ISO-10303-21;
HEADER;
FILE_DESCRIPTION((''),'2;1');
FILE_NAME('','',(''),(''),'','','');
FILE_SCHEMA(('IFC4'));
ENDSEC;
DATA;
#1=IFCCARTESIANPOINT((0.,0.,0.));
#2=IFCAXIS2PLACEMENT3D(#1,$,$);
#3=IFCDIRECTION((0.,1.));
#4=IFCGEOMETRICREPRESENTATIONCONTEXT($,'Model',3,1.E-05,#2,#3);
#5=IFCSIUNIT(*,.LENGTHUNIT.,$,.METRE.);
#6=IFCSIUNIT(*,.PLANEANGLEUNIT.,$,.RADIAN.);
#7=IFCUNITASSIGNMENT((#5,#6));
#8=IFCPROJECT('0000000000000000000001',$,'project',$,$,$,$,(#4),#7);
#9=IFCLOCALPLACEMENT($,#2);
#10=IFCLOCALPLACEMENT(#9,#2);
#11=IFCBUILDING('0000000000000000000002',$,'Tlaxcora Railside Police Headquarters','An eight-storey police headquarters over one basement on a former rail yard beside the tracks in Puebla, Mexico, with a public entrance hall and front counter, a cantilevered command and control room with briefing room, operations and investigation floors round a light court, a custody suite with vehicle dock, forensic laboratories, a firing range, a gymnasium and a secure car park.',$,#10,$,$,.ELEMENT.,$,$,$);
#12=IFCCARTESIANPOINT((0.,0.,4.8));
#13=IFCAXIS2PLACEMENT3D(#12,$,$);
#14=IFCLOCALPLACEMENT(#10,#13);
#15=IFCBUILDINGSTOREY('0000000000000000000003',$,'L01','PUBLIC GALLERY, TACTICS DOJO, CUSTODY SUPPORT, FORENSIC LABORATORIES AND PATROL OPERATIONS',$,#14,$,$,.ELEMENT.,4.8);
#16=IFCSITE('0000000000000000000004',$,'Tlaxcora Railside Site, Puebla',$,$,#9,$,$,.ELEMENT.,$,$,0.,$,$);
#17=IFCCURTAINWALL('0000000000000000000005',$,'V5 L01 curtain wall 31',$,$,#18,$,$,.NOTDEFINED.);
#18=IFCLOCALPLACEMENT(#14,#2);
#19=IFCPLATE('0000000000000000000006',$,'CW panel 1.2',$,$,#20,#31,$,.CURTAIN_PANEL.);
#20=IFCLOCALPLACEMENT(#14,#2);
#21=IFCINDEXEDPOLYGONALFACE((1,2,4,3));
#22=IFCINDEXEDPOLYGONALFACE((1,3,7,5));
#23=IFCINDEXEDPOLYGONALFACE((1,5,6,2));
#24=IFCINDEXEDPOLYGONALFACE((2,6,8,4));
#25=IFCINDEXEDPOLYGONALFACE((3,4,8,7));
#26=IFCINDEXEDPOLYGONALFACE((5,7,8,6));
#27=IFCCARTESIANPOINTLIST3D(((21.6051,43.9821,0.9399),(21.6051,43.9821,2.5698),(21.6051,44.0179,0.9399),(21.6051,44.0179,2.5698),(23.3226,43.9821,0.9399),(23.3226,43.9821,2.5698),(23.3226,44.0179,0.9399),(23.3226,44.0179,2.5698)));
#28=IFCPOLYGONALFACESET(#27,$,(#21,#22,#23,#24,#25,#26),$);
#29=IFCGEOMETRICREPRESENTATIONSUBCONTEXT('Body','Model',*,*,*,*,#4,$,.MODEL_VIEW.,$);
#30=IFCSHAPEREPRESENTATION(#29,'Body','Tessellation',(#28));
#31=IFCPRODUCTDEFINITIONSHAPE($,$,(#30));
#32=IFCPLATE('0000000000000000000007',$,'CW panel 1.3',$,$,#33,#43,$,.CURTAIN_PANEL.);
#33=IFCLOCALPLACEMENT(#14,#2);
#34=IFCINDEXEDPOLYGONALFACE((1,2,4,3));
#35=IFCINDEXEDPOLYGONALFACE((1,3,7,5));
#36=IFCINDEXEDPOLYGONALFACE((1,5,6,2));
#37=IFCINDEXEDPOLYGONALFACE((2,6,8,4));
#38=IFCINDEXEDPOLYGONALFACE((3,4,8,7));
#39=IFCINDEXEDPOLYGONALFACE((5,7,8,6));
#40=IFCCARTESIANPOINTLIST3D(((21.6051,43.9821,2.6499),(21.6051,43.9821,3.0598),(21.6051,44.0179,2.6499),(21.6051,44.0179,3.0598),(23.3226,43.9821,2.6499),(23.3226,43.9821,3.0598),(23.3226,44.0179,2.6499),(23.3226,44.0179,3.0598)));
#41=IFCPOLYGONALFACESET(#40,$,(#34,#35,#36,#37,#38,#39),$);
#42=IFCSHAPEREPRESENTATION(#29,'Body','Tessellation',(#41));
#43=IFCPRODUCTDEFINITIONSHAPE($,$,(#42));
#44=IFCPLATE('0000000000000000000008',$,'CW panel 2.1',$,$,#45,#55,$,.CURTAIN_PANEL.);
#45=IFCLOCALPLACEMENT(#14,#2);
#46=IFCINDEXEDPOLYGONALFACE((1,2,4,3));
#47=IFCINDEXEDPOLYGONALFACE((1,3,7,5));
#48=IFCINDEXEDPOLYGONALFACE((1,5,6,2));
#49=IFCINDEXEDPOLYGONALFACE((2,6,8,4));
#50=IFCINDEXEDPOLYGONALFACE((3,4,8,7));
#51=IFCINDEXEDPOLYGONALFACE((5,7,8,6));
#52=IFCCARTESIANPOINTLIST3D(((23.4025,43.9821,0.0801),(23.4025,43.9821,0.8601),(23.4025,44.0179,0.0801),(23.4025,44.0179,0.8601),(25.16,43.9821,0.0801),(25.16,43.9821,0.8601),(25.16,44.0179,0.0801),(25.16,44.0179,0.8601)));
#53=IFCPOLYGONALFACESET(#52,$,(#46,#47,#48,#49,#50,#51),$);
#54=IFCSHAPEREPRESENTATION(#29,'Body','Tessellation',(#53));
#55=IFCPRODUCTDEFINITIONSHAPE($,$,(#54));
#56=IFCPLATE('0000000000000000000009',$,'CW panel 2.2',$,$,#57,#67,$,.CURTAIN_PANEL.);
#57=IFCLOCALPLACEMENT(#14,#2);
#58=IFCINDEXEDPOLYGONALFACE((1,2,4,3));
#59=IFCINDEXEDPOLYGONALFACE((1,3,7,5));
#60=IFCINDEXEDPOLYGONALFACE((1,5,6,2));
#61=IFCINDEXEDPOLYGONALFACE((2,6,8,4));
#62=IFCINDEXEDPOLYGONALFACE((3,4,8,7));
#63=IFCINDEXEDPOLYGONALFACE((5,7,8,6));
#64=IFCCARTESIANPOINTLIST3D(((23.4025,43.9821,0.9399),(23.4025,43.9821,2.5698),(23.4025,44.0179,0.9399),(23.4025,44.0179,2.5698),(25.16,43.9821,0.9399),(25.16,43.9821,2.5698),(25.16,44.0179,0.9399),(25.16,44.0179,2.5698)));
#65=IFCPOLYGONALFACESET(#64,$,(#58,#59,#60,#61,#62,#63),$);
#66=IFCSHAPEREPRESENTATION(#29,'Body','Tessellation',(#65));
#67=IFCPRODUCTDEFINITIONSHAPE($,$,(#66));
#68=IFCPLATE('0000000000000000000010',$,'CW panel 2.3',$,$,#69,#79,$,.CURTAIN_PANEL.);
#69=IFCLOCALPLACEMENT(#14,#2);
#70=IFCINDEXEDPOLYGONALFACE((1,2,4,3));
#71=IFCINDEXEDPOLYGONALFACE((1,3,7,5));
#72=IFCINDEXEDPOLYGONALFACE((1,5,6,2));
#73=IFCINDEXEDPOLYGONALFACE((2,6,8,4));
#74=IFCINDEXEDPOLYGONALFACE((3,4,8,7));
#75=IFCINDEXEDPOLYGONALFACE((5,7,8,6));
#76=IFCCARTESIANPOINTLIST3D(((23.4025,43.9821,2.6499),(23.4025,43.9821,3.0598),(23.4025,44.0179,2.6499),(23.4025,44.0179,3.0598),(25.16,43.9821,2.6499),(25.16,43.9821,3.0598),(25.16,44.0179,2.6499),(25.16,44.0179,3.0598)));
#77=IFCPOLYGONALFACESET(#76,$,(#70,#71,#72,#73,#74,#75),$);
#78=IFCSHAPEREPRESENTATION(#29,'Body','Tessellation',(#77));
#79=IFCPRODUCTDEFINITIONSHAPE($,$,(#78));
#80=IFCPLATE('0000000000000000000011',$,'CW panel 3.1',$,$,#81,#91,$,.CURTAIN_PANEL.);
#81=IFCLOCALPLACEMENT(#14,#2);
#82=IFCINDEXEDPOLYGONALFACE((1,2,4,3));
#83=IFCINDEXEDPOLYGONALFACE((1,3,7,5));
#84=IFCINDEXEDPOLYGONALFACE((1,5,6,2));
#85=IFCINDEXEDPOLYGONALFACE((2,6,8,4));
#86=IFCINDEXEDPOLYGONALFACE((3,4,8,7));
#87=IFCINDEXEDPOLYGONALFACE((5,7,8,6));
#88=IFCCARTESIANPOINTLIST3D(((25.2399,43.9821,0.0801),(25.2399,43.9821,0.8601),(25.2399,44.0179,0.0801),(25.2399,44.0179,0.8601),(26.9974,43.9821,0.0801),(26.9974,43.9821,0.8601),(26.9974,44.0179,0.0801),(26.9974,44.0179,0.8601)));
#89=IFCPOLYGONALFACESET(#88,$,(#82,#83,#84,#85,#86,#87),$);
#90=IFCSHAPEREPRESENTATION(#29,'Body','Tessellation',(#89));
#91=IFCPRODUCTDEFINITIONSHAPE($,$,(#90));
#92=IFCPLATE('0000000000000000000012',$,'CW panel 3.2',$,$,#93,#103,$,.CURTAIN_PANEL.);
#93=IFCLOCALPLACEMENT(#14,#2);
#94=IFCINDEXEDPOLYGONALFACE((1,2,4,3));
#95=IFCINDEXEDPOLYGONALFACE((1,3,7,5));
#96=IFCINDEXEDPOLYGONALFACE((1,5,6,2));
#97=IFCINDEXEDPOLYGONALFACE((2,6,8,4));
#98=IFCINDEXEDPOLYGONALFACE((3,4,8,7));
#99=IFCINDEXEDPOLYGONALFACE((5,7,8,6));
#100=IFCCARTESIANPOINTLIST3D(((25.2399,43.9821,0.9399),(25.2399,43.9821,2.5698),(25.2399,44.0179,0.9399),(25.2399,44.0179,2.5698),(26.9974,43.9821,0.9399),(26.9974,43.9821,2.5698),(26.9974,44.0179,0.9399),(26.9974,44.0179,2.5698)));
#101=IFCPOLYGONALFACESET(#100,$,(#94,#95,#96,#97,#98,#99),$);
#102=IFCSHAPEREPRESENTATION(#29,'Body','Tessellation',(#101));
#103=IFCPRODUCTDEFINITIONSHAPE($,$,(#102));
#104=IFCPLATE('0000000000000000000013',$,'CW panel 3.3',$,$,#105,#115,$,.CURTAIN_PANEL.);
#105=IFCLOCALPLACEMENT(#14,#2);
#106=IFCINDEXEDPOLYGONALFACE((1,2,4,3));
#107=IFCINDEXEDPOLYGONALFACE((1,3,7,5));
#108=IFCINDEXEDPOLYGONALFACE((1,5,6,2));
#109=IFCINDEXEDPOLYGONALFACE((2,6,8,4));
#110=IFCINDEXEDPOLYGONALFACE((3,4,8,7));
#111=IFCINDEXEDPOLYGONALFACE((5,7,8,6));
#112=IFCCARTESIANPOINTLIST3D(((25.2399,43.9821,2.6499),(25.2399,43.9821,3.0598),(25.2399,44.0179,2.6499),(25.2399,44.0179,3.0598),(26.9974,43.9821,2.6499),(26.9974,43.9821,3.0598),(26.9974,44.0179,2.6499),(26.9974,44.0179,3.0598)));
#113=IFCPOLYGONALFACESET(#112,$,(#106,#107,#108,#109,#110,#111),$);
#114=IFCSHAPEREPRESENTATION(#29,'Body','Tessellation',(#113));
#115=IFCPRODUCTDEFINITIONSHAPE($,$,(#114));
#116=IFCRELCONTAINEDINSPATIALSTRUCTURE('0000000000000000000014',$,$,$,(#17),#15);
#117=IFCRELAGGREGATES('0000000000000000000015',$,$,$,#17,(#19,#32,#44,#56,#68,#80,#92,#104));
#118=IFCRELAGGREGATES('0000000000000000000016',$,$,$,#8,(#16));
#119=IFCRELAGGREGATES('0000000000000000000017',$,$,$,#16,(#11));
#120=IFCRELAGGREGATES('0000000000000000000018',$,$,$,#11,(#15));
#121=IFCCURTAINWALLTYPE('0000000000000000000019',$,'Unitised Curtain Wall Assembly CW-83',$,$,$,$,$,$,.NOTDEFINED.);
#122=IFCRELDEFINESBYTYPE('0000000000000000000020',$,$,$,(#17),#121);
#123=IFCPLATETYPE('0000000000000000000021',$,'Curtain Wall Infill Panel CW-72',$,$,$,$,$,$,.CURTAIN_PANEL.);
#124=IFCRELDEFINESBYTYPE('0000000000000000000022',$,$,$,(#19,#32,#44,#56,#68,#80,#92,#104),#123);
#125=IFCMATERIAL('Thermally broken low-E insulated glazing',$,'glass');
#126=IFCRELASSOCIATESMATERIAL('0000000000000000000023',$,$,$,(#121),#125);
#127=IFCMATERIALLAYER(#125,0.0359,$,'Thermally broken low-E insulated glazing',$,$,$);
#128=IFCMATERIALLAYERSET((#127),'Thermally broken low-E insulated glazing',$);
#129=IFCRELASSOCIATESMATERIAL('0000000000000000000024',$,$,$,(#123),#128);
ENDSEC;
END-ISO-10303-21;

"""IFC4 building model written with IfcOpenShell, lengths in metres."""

from ifc_helpers import new_model, si_unit, direction, frame, origin, origin_2d, place, context, subcontext, project, spatial, rectangle, extrude, material, layer, layer_set, type_object, element, aggregate, save


model = new_model("IFC4")

# Units and contexts
model_context = context("Model", 3, precision=1e-05, world=origin(), true_north=direction((0.0, 1.0)))
body_context = subcontext(model_context, "Body", "Model", "MODEL_VIEW")
ifc_project = project(units=[si_unit("LENGTHUNIT", "METRE"), si_unit("PLANEANGLEUNIT", "RADIAN")], contexts=[model_context])

# Site, building, storey
site_placement = place(None, origin())
site = spatial("IfcSite", under=ifc_project, at=site_placement, Name="Tlaxcora Railside Site, Puebla", CompositionType="ELEMENT", RefElevation=0.0)
building_placement = place(site_placement, origin())
building = spatial("IfcBuilding", under=site, at=building_placement, Name="Tlaxcora Railside Police Headquarters", Description="An eight-storey police headquarters over one basement on a former rail yard beside the tracks in Puebla, Mexico, with a public entrance hall and front counter, a cantilevered command and control room with briefing room, operations and investigation floors round a light court, a custody suite with vehicle dock, forensic laboratories, a firing range, a gymnasium and a secure car park.", CompositionType="ELEMENT")
storey_placement = place(building_placement, frame((0.0, 0.0, 4.8)))
storey = spatial("IfcBuildingStorey", under=building, at=storey_placement, Name="L01", Description="PUBLIC GALLERY, TACTICS DOJO, CUSTODY SUPPORT, FORENSIC LABORATORIES AND PATROL OPERATIONS", CompositionType="ELEMENT", Elevation=4.8)

# Curtain wall, plates
ifc_material_1 = material(Name="Thermally broken low-E insulated glazing", Category="glass")
curtain_wall_type = type_object("IfcCurtainWallType", Name="Unitised Curtain Wall Assembly CW-83", PredefinedType="NOTDEFINED", material=ifc_material_1)
curtain_wall_placement = place(storey_placement, origin())
curtain_wall = element("IfcCurtainWall", 1, at=curtain_wall_placement, inside=storey, type_object=curtain_wall_type, Name="V5 L01 curtain wall 31", PredefinedType="NOTDEFINED")
ifc_layer = layer(ifc_material_1, 0.0359, Name="Thermally broken low-E insulated glazing")
ifc_layer_set = layer_set([ifc_layer], Name="Thermally broken low-E insulated glazing")
plate_type = type_object("IfcPlateType", Name="Curtain Wall Infill Panel CW-72", PredefinedType="CURTAIN_PANEL", material=ifc_layer_set)
plate_1_placement = place(storey_placement, frame((22.4639, 44.0, 0.9399), z_axis=(0.0, 0.0, 1.0), x_axis=(1.0, 0.0, 0.0)))
plate_1 = element("IfcPlate", 2, at=plate_1_placement, type_object=plate_type, Name="CW panel 1.2", PredefinedType="CURTAIN_PANEL", context=body_context, shape_type="SweptSolid", body=[
    extrude(rectangle(XDim=1.7175, YDim=0.0359, at=origin_2d()), origin(), (0.0, 0.0, 1.0), 1.6299),
])
plate_2_placement = place(storey_placement, frame((22.4639, 44.0, 2.6499), z_axis=(0.0, 0.0, 1.0), x_axis=(1.0, 0.0, 0.0)))
plate_2 = element("IfcPlate", 3, at=plate_2_placement, type_object=plate_type, Name="CW panel 1.3", PredefinedType="CURTAIN_PANEL", context=body_context, shape_type="SweptSolid", body=[
    extrude(rectangle(XDim=1.7175, YDim=0.0359, at=origin_2d()), origin(), (0.0, 0.0, 1.0), 0.4099),
])
plate_3_placement = place(storey_placement, frame((24.2812, 44.0, 0.0801), z_axis=(0.0, 0.0, 1.0), x_axis=(1.0, 0.0, 0.0)))
plate_3 = element("IfcPlate", 4, at=plate_3_placement, type_object=plate_type, Name="CW panel 2.1", PredefinedType="CURTAIN_PANEL", context=body_context, shape_type="SweptSolid", body=[
    extrude(rectangle(XDim=1.7576, YDim=0.0359, at=origin_2d()), origin(), (0.0, 0.0, 1.0), 0.78),
])
plate_4_placement = place(storey_placement, frame((24.2812, 44.0, 0.9399), z_axis=(0.0, 0.0, 1.0), x_axis=(1.0, 0.0, 0.0)))
plate_4 = element("IfcPlate", 5, at=plate_4_placement, type_object=plate_type, Name="CW panel 2.2", PredefinedType="CURTAIN_PANEL", context=body_context, shape_type="SweptSolid", body=[
    extrude(rectangle(XDim=1.7576, YDim=0.0359, at=origin_2d()), origin(), (0.0, 0.0, 1.0), 1.6299),
])
plate_5_placement = place(storey_placement, frame((24.2812, 44.0, 2.6499), z_axis=(0.0, 0.0, 1.0), x_axis=(1.0, 0.0, 0.0)))
plate_5 = element("IfcPlate", 6, at=plate_5_placement, type_object=plate_type, Name="CW panel 2.3", PredefinedType="CURTAIN_PANEL", context=body_context, shape_type="SweptSolid", body=[
    extrude(rectangle(XDim=1.7576, YDim=0.0359, at=origin_2d()), origin(), (0.0, 0.0, 1.0), 0.4099),
])
plate_6_placement = place(storey_placement, frame((26.1187, 44.0, 0.0801), z_axis=(0.0, 0.0, 1.0), x_axis=(1.0, 0.0, 0.0)))
plate_6 = element("IfcPlate", 7, at=plate_6_placement, type_object=plate_type, Name="CW panel 3.1", PredefinedType="CURTAIN_PANEL", context=body_context, shape_type="SweptSolid", body=[
    extrude(rectangle(XDim=1.7576, YDim=0.0359, at=origin_2d()), origin(), (0.0, 0.0, 1.0), 0.78),
])
plate_7_placement = place(storey_placement, frame((26.1187, 44.0, 0.9399), z_axis=(0.0, 0.0, 1.0), x_axis=(1.0, 0.0, 0.0)))
plate_7 = element("IfcPlate", 8, at=plate_7_placement, type_object=plate_type, Name="CW panel 3.2", PredefinedType="CURTAIN_PANEL", context=body_context, shape_type="SweptSolid", body=[
    extrude(rectangle(XDim=1.7576, YDim=0.0359, at=origin_2d()), origin(), (0.0, 0.0, 1.0), 1.6299),
])
plate_8_placement = place(storey_placement, frame((26.1187, 44.0, 2.6499), z_axis=(0.0, 0.0, 1.0), x_axis=(1.0, 0.0, 0.0)))
plate_8 = element("IfcPlate", 9, at=plate_8_placement, type_object=plate_type, Name="CW panel 3.3", PredefinedType="CURTAIN_PANEL", context=body_context, shape_type="SweptSolid", body=[
    extrude(rectangle(XDim=1.7576, YDim=0.0359, at=origin_2d()), origin(), (0.0, 0.0, 1.0), 0.4099),
])
aggregate(curtain_wall, [plate_1, plate_2, plate_3, plate_4, plate_5, plate_6, plate_7, plate_8])

save(model, "model.ifc")
